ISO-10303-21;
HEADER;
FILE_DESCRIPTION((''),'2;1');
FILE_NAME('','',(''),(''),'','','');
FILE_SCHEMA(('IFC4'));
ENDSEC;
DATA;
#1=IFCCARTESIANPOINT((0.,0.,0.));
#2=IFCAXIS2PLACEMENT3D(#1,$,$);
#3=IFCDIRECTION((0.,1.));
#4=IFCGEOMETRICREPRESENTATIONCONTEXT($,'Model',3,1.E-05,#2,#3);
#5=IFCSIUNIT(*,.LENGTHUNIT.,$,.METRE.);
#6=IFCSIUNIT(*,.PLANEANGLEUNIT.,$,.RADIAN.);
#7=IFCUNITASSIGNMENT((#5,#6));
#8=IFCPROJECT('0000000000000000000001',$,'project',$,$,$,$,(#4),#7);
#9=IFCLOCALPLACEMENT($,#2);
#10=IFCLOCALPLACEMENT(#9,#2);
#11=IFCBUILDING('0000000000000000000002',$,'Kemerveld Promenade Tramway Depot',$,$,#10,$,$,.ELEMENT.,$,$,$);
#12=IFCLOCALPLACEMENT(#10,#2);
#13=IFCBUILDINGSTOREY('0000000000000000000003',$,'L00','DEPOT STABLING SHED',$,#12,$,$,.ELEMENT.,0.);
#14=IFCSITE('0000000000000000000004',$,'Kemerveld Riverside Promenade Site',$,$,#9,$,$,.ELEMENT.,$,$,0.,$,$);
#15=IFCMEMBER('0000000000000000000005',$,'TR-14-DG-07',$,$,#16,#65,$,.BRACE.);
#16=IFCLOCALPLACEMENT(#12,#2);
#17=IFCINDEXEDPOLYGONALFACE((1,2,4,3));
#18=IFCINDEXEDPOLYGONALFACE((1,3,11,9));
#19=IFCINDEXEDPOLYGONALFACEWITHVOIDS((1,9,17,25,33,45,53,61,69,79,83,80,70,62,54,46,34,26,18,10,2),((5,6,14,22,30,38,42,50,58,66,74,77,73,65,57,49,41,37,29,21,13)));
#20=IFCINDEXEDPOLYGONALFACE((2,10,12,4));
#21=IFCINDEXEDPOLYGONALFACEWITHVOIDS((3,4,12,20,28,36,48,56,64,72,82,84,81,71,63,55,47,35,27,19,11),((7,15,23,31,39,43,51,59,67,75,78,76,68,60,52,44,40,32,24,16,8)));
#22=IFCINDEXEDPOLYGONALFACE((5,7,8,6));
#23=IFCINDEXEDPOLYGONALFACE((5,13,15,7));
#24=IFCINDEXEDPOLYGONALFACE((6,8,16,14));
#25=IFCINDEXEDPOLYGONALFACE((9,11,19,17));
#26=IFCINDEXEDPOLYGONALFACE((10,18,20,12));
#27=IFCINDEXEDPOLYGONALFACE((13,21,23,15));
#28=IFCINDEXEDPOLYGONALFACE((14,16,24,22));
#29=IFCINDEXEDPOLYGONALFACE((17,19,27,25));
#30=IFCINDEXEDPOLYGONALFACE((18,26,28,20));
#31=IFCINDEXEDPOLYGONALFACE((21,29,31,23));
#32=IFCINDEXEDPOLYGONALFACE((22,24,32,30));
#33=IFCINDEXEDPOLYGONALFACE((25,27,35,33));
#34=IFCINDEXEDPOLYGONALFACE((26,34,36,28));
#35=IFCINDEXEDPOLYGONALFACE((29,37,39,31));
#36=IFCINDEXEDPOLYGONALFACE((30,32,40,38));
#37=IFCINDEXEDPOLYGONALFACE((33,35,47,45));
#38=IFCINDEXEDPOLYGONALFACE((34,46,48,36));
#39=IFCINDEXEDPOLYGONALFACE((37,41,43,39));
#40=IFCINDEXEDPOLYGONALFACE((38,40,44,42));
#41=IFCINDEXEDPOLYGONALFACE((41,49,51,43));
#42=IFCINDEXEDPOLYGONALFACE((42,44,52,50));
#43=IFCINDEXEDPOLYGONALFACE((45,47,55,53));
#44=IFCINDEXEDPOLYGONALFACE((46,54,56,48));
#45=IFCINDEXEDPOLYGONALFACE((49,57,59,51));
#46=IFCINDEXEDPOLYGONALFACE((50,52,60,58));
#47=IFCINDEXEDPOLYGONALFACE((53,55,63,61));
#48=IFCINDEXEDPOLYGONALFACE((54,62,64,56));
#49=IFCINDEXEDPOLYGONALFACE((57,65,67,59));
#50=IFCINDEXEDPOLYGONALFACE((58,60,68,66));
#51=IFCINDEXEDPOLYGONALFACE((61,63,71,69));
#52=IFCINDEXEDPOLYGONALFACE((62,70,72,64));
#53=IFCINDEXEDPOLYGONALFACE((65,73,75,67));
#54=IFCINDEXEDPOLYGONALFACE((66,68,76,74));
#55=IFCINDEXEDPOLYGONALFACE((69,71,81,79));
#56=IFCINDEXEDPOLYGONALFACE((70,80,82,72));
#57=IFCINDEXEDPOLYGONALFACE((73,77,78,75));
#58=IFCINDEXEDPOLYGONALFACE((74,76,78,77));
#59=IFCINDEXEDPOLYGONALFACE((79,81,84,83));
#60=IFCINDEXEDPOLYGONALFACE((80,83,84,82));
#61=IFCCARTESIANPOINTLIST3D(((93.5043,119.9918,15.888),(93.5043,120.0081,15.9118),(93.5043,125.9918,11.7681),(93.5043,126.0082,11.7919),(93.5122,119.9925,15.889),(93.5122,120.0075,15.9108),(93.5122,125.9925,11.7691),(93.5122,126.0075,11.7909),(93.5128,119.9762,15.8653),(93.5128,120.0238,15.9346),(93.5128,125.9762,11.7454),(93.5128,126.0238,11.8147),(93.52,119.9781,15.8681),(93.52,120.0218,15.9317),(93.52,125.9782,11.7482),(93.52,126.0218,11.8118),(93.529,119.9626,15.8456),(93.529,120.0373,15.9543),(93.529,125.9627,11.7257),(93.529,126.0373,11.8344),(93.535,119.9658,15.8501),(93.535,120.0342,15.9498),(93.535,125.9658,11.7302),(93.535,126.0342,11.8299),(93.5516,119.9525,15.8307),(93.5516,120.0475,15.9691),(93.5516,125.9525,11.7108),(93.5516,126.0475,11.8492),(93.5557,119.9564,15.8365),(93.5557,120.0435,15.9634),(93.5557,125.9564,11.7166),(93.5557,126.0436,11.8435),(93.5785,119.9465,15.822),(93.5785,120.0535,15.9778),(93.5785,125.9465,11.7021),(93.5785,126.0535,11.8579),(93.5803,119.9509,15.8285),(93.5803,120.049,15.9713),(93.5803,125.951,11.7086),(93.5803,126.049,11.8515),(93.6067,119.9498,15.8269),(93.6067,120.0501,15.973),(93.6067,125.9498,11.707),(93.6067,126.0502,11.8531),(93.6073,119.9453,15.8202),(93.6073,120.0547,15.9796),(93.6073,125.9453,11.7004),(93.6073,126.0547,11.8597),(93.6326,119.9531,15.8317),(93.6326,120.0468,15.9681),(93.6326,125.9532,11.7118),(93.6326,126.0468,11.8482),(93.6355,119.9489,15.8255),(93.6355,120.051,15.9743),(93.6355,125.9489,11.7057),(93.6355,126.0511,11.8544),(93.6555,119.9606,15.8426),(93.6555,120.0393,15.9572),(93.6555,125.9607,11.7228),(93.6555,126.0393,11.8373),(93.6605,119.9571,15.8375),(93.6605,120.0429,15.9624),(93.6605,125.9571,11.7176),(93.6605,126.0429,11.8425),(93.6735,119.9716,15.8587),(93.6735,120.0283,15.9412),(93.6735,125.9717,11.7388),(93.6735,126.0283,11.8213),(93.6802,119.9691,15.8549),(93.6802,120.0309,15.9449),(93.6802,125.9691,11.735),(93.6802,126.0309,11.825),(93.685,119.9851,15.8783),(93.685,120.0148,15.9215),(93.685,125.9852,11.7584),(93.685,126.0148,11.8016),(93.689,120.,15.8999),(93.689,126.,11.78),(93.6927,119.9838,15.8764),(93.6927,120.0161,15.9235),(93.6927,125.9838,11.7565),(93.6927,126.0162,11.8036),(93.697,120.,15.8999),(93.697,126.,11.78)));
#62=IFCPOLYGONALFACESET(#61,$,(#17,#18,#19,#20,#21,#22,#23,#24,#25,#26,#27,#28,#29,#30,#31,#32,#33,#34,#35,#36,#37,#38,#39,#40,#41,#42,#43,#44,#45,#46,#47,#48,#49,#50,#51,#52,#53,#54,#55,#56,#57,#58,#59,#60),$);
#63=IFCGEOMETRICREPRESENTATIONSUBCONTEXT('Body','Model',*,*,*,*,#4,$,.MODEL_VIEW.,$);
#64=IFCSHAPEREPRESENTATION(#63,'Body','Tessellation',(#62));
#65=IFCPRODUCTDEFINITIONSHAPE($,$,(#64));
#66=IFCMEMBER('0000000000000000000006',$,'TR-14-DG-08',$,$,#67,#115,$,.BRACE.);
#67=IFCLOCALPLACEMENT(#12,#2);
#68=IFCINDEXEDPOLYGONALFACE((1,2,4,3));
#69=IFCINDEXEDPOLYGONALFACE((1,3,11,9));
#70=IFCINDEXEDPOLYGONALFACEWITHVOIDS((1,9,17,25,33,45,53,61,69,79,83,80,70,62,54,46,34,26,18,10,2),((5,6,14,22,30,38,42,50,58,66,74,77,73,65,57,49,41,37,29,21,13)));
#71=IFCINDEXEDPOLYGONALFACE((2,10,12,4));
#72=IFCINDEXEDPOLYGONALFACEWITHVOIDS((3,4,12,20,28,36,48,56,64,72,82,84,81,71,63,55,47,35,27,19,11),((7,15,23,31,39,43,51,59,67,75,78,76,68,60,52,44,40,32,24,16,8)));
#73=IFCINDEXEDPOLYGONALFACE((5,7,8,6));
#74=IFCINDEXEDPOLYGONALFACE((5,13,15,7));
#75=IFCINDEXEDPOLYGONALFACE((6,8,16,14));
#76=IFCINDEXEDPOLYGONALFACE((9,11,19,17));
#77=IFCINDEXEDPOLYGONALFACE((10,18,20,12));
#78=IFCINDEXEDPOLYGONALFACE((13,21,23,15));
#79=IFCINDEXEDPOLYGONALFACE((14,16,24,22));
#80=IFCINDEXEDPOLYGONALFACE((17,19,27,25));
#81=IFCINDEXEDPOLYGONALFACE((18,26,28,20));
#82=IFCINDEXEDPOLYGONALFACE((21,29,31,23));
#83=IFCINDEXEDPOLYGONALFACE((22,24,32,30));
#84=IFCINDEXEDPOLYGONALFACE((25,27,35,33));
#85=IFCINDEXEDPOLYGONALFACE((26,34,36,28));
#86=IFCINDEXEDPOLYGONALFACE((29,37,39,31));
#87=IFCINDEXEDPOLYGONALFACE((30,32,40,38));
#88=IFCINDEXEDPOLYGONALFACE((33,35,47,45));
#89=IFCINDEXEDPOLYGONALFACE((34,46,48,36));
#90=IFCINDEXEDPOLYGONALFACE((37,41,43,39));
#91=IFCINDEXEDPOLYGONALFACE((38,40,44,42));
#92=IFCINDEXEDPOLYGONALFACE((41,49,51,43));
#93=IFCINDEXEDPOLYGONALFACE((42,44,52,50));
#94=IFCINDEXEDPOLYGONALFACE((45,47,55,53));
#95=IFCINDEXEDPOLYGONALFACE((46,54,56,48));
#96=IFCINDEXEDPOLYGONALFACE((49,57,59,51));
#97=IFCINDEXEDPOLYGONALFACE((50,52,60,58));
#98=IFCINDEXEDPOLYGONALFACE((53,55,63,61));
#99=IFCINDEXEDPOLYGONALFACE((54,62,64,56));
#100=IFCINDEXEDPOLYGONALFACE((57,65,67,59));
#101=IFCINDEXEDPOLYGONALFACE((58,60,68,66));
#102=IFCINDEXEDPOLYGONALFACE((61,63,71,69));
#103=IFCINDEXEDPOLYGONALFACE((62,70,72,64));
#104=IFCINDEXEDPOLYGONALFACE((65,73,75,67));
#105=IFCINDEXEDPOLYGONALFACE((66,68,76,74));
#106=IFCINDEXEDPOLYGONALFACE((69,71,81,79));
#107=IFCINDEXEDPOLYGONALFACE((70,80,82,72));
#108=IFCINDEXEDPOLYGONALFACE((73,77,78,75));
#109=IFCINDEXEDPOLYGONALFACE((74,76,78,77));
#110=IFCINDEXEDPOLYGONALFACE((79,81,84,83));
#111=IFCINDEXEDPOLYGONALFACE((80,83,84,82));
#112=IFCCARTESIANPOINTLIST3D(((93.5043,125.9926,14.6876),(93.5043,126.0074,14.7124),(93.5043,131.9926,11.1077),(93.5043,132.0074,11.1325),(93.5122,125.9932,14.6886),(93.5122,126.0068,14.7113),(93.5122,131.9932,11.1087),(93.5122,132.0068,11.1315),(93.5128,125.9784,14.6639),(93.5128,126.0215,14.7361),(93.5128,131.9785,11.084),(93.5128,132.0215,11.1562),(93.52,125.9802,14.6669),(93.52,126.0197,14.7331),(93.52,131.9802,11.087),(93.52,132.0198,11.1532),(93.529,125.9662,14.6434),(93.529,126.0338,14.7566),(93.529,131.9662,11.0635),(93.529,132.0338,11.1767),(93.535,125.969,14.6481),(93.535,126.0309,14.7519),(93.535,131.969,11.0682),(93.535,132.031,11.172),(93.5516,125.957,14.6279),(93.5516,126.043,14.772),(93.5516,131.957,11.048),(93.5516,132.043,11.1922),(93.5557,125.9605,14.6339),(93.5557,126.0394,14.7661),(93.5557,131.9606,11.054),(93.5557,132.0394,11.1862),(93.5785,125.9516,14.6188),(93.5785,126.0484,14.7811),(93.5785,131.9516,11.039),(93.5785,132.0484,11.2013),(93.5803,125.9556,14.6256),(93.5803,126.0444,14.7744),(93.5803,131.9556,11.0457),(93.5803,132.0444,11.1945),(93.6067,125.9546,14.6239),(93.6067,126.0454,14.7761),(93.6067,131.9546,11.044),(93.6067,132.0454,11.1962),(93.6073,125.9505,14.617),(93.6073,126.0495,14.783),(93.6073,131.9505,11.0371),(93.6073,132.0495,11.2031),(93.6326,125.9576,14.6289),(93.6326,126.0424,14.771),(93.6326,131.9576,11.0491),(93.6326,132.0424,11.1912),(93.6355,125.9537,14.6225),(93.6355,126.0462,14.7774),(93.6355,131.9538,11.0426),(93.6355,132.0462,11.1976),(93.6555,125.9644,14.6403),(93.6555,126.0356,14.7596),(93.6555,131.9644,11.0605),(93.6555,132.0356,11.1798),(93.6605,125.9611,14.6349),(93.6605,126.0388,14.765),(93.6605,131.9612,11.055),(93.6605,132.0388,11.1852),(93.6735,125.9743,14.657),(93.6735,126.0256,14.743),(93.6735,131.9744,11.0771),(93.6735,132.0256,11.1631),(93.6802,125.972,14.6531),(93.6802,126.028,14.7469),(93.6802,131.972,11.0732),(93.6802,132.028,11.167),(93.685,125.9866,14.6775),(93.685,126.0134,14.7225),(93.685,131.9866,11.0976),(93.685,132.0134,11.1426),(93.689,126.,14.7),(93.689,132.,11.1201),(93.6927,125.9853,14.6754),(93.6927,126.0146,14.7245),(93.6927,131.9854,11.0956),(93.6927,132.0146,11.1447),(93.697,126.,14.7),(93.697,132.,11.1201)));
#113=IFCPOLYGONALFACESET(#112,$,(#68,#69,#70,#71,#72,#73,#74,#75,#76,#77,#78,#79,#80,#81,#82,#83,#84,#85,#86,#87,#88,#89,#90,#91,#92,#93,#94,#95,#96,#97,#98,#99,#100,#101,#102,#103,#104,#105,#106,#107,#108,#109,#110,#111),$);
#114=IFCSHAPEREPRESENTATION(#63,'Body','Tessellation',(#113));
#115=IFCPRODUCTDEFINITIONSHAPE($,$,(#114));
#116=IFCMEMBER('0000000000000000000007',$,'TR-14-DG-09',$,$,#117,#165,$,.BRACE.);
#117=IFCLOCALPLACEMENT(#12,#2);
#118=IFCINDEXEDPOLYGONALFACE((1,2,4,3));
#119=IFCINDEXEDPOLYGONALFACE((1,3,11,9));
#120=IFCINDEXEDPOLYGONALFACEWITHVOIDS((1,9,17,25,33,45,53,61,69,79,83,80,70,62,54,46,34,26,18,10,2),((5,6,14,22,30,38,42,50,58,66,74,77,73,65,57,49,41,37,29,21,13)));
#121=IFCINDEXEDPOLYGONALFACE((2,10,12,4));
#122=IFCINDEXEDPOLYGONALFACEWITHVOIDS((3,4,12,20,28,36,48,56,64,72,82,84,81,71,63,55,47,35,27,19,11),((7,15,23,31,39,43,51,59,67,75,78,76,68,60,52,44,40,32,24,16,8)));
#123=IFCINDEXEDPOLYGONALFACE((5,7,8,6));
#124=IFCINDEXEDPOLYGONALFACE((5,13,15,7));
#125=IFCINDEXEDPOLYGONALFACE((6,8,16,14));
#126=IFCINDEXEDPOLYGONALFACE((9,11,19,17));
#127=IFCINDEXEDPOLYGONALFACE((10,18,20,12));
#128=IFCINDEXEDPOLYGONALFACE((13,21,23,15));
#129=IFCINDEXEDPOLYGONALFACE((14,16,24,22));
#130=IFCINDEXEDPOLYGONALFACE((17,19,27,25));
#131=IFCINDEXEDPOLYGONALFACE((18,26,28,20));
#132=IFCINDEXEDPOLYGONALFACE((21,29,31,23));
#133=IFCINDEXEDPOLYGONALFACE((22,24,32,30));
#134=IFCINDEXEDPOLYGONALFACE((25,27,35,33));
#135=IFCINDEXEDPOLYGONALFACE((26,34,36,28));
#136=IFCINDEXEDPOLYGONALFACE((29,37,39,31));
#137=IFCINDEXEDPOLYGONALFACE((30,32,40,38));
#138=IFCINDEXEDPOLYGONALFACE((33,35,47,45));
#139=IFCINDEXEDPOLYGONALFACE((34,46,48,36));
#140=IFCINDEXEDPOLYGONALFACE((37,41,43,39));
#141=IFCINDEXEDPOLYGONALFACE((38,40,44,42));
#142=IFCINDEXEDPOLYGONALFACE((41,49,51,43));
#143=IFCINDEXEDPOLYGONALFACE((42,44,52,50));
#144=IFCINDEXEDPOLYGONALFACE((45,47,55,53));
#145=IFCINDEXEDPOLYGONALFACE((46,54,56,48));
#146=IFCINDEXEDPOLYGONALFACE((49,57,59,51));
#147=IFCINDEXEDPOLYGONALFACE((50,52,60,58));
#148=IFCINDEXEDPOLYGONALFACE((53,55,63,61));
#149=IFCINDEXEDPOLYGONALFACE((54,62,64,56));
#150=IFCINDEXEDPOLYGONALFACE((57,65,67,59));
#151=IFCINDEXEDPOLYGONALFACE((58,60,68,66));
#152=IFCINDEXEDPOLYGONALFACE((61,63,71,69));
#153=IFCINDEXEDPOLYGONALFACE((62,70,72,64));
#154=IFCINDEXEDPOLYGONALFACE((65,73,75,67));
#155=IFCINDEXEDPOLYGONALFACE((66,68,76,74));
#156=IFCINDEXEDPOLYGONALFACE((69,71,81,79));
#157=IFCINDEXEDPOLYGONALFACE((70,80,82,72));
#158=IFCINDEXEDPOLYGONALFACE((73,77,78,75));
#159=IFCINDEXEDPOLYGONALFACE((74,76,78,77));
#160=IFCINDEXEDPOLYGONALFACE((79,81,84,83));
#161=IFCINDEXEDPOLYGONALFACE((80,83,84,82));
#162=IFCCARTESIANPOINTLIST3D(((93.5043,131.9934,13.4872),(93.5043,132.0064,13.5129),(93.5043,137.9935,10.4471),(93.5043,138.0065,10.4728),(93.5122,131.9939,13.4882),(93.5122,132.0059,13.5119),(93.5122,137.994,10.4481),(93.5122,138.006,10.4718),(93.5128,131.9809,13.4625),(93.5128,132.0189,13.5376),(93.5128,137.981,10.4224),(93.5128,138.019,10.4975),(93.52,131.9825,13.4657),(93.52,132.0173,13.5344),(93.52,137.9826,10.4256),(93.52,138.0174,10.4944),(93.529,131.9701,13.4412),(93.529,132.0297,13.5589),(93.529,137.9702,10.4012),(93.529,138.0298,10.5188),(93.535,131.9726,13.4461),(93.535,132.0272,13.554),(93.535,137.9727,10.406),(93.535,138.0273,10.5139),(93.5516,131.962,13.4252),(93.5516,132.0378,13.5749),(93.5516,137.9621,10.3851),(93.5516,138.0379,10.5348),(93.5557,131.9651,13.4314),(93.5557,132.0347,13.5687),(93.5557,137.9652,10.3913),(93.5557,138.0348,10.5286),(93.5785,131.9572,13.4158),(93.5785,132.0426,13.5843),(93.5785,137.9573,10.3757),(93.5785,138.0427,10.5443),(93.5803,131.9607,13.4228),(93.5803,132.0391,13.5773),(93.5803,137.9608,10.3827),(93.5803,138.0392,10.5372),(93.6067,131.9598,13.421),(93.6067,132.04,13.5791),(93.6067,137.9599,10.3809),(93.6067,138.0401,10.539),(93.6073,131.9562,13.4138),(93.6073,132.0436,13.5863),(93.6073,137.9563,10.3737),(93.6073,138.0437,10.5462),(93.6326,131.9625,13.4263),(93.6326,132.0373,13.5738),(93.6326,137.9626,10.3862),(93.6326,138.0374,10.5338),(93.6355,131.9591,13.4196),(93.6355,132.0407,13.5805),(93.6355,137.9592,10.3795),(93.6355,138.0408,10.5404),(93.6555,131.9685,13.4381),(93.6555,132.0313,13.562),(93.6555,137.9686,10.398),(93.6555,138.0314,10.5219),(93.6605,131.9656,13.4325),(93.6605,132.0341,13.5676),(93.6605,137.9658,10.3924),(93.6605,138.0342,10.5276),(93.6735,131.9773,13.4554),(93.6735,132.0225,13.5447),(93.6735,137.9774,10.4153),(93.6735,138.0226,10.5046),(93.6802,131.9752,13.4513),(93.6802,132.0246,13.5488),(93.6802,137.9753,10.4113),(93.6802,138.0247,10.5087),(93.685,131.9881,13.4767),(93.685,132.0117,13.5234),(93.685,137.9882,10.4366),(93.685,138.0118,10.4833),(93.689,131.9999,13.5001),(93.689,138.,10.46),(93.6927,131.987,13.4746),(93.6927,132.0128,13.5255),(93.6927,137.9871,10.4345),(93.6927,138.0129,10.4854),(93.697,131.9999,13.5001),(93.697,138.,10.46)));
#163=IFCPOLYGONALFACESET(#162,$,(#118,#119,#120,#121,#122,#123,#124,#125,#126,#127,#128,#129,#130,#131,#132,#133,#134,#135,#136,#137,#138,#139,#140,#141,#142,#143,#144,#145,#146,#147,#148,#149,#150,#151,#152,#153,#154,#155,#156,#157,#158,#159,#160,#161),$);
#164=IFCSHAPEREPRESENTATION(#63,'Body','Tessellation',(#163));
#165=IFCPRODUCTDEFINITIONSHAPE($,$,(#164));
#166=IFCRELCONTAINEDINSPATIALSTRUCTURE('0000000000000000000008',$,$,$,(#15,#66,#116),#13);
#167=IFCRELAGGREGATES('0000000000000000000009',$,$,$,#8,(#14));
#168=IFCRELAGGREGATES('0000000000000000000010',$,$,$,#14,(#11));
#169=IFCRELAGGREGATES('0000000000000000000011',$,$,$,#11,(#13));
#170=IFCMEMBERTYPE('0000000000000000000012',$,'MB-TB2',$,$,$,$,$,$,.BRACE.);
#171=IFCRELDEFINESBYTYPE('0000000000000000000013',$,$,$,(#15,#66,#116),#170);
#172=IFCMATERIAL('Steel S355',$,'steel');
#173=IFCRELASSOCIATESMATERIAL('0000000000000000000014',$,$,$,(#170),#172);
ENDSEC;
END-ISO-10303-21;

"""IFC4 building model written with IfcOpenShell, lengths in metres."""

from ifc_helpers import new_model, si_unit, direction, frame, origin, origin_2d, place, context, subcontext, project, spatial, hollow_circle, extrude, material, material_profile, profile_set, type_object, element, save


model = new_model("IFC4")

# Units and contexts
model_context = context("Model", 3, precision=1e-05, world=origin(), true_north=direction((0.0, 1.0)))
body_context = subcontext(model_context, "Body", "Model", "MODEL_VIEW")
ifc_project = project(units=[si_unit("LENGTHUNIT", "METRE"), si_unit("PLANEANGLEUNIT", "RADIAN")], contexts=[model_context])

# Site, building, storey
site_placement = place(None, origin())
site = spatial("IfcSite", under=ifc_project, at=site_placement, Name="Kemerveld Riverside Promenade Site", CompositionType="ELEMENT", RefElevation=0.0)
building_placement = place(site_placement, origin())
building = spatial("IfcBuilding", under=site, at=building_placement, Name="Kemerveld Promenade Tramway Depot", CompositionType="ELEMENT")
storey_placement = place(building_placement, origin())
storey = spatial("IfcBuildingStorey", under=building, at=storey_placement, Name="L00", Description="DEPOT STABLING SHED", CompositionType="ELEMENT", Elevation=0.0)

# Members
ifc_material_1 = material(Name="Steel S355", Category="steel")
ifc_material_profile_1 = material_profile(ifc_material_1, hollow_circle(Radius=0.0969, WallThickness=0.0081, at=origin_2d()), Name="193.7x8.0 CHS")
ifc_profile_set_1 = profile_set([ifc_material_profile_1], Name="Steel S355")
member_type_1 = type_object("IfcMemberType", Name="MB-TB2", PredefinedType="BRACE", material=ifc_profile_set_1)
member_1_placement = place(storey_placement, frame((93.6001, 126.0, 11.78), z_axis=(0.0, -0.824371, 0.56605), x_axis=(1.0, 0.0, 0.0)))
element("IfcMember", 1, at=member_1_placement, inside=storey, type_object=member_type_1, Name="TR-14-DG-07", PredefinedType="BRACE", context=body_context, shape_type="SweptSolid", body=[
    extrude(hollow_circle(Radius=0.0969, WallThickness=0.0081, at=origin_2d()), origin(), (0.0, 0.0, 1.0), 7.2783),
])
member_2_placement = place(storey_placement, frame((93.6001, 132.0, 11.1201), z_axis=(0.0, -0.858764, 0.512372), x_axis=(1.0, 0.0, 0.0)))
element("IfcMember", 2, at=member_2_placement, inside=storey, type_object=member_type_1, Name="TR-14-DG-08", PredefinedType="BRACE", context=body_context, shape_type="SweptSolid", body=[
    extrude(hollow_circle(Radius=0.0969, WallThickness=0.0081, at=origin_2d()), origin(), (0.0, 0.0, 1.0), 6.9868),
])
member_3_placement = place(storey_placement, frame((93.6001, 138.0, 10.46), z_axis=(0.0, -0.892033, 0.451969), x_axis=(1.0, 0.0, 0.0)))
element("IfcMember", 3, at=member_3_placement, inside=storey, type_object=member_type_1, Name="TR-14-DG-09", PredefinedType="BRACE", context=body_context, shape_type="SweptSolid", body=[
    extrude(hollow_circle(Radius=0.0969, WallThickness=0.0081, at=origin_2d()), origin(), (0.0, 0.0, 1.0), 6.7263),
])

save(model, "model.ifc")
